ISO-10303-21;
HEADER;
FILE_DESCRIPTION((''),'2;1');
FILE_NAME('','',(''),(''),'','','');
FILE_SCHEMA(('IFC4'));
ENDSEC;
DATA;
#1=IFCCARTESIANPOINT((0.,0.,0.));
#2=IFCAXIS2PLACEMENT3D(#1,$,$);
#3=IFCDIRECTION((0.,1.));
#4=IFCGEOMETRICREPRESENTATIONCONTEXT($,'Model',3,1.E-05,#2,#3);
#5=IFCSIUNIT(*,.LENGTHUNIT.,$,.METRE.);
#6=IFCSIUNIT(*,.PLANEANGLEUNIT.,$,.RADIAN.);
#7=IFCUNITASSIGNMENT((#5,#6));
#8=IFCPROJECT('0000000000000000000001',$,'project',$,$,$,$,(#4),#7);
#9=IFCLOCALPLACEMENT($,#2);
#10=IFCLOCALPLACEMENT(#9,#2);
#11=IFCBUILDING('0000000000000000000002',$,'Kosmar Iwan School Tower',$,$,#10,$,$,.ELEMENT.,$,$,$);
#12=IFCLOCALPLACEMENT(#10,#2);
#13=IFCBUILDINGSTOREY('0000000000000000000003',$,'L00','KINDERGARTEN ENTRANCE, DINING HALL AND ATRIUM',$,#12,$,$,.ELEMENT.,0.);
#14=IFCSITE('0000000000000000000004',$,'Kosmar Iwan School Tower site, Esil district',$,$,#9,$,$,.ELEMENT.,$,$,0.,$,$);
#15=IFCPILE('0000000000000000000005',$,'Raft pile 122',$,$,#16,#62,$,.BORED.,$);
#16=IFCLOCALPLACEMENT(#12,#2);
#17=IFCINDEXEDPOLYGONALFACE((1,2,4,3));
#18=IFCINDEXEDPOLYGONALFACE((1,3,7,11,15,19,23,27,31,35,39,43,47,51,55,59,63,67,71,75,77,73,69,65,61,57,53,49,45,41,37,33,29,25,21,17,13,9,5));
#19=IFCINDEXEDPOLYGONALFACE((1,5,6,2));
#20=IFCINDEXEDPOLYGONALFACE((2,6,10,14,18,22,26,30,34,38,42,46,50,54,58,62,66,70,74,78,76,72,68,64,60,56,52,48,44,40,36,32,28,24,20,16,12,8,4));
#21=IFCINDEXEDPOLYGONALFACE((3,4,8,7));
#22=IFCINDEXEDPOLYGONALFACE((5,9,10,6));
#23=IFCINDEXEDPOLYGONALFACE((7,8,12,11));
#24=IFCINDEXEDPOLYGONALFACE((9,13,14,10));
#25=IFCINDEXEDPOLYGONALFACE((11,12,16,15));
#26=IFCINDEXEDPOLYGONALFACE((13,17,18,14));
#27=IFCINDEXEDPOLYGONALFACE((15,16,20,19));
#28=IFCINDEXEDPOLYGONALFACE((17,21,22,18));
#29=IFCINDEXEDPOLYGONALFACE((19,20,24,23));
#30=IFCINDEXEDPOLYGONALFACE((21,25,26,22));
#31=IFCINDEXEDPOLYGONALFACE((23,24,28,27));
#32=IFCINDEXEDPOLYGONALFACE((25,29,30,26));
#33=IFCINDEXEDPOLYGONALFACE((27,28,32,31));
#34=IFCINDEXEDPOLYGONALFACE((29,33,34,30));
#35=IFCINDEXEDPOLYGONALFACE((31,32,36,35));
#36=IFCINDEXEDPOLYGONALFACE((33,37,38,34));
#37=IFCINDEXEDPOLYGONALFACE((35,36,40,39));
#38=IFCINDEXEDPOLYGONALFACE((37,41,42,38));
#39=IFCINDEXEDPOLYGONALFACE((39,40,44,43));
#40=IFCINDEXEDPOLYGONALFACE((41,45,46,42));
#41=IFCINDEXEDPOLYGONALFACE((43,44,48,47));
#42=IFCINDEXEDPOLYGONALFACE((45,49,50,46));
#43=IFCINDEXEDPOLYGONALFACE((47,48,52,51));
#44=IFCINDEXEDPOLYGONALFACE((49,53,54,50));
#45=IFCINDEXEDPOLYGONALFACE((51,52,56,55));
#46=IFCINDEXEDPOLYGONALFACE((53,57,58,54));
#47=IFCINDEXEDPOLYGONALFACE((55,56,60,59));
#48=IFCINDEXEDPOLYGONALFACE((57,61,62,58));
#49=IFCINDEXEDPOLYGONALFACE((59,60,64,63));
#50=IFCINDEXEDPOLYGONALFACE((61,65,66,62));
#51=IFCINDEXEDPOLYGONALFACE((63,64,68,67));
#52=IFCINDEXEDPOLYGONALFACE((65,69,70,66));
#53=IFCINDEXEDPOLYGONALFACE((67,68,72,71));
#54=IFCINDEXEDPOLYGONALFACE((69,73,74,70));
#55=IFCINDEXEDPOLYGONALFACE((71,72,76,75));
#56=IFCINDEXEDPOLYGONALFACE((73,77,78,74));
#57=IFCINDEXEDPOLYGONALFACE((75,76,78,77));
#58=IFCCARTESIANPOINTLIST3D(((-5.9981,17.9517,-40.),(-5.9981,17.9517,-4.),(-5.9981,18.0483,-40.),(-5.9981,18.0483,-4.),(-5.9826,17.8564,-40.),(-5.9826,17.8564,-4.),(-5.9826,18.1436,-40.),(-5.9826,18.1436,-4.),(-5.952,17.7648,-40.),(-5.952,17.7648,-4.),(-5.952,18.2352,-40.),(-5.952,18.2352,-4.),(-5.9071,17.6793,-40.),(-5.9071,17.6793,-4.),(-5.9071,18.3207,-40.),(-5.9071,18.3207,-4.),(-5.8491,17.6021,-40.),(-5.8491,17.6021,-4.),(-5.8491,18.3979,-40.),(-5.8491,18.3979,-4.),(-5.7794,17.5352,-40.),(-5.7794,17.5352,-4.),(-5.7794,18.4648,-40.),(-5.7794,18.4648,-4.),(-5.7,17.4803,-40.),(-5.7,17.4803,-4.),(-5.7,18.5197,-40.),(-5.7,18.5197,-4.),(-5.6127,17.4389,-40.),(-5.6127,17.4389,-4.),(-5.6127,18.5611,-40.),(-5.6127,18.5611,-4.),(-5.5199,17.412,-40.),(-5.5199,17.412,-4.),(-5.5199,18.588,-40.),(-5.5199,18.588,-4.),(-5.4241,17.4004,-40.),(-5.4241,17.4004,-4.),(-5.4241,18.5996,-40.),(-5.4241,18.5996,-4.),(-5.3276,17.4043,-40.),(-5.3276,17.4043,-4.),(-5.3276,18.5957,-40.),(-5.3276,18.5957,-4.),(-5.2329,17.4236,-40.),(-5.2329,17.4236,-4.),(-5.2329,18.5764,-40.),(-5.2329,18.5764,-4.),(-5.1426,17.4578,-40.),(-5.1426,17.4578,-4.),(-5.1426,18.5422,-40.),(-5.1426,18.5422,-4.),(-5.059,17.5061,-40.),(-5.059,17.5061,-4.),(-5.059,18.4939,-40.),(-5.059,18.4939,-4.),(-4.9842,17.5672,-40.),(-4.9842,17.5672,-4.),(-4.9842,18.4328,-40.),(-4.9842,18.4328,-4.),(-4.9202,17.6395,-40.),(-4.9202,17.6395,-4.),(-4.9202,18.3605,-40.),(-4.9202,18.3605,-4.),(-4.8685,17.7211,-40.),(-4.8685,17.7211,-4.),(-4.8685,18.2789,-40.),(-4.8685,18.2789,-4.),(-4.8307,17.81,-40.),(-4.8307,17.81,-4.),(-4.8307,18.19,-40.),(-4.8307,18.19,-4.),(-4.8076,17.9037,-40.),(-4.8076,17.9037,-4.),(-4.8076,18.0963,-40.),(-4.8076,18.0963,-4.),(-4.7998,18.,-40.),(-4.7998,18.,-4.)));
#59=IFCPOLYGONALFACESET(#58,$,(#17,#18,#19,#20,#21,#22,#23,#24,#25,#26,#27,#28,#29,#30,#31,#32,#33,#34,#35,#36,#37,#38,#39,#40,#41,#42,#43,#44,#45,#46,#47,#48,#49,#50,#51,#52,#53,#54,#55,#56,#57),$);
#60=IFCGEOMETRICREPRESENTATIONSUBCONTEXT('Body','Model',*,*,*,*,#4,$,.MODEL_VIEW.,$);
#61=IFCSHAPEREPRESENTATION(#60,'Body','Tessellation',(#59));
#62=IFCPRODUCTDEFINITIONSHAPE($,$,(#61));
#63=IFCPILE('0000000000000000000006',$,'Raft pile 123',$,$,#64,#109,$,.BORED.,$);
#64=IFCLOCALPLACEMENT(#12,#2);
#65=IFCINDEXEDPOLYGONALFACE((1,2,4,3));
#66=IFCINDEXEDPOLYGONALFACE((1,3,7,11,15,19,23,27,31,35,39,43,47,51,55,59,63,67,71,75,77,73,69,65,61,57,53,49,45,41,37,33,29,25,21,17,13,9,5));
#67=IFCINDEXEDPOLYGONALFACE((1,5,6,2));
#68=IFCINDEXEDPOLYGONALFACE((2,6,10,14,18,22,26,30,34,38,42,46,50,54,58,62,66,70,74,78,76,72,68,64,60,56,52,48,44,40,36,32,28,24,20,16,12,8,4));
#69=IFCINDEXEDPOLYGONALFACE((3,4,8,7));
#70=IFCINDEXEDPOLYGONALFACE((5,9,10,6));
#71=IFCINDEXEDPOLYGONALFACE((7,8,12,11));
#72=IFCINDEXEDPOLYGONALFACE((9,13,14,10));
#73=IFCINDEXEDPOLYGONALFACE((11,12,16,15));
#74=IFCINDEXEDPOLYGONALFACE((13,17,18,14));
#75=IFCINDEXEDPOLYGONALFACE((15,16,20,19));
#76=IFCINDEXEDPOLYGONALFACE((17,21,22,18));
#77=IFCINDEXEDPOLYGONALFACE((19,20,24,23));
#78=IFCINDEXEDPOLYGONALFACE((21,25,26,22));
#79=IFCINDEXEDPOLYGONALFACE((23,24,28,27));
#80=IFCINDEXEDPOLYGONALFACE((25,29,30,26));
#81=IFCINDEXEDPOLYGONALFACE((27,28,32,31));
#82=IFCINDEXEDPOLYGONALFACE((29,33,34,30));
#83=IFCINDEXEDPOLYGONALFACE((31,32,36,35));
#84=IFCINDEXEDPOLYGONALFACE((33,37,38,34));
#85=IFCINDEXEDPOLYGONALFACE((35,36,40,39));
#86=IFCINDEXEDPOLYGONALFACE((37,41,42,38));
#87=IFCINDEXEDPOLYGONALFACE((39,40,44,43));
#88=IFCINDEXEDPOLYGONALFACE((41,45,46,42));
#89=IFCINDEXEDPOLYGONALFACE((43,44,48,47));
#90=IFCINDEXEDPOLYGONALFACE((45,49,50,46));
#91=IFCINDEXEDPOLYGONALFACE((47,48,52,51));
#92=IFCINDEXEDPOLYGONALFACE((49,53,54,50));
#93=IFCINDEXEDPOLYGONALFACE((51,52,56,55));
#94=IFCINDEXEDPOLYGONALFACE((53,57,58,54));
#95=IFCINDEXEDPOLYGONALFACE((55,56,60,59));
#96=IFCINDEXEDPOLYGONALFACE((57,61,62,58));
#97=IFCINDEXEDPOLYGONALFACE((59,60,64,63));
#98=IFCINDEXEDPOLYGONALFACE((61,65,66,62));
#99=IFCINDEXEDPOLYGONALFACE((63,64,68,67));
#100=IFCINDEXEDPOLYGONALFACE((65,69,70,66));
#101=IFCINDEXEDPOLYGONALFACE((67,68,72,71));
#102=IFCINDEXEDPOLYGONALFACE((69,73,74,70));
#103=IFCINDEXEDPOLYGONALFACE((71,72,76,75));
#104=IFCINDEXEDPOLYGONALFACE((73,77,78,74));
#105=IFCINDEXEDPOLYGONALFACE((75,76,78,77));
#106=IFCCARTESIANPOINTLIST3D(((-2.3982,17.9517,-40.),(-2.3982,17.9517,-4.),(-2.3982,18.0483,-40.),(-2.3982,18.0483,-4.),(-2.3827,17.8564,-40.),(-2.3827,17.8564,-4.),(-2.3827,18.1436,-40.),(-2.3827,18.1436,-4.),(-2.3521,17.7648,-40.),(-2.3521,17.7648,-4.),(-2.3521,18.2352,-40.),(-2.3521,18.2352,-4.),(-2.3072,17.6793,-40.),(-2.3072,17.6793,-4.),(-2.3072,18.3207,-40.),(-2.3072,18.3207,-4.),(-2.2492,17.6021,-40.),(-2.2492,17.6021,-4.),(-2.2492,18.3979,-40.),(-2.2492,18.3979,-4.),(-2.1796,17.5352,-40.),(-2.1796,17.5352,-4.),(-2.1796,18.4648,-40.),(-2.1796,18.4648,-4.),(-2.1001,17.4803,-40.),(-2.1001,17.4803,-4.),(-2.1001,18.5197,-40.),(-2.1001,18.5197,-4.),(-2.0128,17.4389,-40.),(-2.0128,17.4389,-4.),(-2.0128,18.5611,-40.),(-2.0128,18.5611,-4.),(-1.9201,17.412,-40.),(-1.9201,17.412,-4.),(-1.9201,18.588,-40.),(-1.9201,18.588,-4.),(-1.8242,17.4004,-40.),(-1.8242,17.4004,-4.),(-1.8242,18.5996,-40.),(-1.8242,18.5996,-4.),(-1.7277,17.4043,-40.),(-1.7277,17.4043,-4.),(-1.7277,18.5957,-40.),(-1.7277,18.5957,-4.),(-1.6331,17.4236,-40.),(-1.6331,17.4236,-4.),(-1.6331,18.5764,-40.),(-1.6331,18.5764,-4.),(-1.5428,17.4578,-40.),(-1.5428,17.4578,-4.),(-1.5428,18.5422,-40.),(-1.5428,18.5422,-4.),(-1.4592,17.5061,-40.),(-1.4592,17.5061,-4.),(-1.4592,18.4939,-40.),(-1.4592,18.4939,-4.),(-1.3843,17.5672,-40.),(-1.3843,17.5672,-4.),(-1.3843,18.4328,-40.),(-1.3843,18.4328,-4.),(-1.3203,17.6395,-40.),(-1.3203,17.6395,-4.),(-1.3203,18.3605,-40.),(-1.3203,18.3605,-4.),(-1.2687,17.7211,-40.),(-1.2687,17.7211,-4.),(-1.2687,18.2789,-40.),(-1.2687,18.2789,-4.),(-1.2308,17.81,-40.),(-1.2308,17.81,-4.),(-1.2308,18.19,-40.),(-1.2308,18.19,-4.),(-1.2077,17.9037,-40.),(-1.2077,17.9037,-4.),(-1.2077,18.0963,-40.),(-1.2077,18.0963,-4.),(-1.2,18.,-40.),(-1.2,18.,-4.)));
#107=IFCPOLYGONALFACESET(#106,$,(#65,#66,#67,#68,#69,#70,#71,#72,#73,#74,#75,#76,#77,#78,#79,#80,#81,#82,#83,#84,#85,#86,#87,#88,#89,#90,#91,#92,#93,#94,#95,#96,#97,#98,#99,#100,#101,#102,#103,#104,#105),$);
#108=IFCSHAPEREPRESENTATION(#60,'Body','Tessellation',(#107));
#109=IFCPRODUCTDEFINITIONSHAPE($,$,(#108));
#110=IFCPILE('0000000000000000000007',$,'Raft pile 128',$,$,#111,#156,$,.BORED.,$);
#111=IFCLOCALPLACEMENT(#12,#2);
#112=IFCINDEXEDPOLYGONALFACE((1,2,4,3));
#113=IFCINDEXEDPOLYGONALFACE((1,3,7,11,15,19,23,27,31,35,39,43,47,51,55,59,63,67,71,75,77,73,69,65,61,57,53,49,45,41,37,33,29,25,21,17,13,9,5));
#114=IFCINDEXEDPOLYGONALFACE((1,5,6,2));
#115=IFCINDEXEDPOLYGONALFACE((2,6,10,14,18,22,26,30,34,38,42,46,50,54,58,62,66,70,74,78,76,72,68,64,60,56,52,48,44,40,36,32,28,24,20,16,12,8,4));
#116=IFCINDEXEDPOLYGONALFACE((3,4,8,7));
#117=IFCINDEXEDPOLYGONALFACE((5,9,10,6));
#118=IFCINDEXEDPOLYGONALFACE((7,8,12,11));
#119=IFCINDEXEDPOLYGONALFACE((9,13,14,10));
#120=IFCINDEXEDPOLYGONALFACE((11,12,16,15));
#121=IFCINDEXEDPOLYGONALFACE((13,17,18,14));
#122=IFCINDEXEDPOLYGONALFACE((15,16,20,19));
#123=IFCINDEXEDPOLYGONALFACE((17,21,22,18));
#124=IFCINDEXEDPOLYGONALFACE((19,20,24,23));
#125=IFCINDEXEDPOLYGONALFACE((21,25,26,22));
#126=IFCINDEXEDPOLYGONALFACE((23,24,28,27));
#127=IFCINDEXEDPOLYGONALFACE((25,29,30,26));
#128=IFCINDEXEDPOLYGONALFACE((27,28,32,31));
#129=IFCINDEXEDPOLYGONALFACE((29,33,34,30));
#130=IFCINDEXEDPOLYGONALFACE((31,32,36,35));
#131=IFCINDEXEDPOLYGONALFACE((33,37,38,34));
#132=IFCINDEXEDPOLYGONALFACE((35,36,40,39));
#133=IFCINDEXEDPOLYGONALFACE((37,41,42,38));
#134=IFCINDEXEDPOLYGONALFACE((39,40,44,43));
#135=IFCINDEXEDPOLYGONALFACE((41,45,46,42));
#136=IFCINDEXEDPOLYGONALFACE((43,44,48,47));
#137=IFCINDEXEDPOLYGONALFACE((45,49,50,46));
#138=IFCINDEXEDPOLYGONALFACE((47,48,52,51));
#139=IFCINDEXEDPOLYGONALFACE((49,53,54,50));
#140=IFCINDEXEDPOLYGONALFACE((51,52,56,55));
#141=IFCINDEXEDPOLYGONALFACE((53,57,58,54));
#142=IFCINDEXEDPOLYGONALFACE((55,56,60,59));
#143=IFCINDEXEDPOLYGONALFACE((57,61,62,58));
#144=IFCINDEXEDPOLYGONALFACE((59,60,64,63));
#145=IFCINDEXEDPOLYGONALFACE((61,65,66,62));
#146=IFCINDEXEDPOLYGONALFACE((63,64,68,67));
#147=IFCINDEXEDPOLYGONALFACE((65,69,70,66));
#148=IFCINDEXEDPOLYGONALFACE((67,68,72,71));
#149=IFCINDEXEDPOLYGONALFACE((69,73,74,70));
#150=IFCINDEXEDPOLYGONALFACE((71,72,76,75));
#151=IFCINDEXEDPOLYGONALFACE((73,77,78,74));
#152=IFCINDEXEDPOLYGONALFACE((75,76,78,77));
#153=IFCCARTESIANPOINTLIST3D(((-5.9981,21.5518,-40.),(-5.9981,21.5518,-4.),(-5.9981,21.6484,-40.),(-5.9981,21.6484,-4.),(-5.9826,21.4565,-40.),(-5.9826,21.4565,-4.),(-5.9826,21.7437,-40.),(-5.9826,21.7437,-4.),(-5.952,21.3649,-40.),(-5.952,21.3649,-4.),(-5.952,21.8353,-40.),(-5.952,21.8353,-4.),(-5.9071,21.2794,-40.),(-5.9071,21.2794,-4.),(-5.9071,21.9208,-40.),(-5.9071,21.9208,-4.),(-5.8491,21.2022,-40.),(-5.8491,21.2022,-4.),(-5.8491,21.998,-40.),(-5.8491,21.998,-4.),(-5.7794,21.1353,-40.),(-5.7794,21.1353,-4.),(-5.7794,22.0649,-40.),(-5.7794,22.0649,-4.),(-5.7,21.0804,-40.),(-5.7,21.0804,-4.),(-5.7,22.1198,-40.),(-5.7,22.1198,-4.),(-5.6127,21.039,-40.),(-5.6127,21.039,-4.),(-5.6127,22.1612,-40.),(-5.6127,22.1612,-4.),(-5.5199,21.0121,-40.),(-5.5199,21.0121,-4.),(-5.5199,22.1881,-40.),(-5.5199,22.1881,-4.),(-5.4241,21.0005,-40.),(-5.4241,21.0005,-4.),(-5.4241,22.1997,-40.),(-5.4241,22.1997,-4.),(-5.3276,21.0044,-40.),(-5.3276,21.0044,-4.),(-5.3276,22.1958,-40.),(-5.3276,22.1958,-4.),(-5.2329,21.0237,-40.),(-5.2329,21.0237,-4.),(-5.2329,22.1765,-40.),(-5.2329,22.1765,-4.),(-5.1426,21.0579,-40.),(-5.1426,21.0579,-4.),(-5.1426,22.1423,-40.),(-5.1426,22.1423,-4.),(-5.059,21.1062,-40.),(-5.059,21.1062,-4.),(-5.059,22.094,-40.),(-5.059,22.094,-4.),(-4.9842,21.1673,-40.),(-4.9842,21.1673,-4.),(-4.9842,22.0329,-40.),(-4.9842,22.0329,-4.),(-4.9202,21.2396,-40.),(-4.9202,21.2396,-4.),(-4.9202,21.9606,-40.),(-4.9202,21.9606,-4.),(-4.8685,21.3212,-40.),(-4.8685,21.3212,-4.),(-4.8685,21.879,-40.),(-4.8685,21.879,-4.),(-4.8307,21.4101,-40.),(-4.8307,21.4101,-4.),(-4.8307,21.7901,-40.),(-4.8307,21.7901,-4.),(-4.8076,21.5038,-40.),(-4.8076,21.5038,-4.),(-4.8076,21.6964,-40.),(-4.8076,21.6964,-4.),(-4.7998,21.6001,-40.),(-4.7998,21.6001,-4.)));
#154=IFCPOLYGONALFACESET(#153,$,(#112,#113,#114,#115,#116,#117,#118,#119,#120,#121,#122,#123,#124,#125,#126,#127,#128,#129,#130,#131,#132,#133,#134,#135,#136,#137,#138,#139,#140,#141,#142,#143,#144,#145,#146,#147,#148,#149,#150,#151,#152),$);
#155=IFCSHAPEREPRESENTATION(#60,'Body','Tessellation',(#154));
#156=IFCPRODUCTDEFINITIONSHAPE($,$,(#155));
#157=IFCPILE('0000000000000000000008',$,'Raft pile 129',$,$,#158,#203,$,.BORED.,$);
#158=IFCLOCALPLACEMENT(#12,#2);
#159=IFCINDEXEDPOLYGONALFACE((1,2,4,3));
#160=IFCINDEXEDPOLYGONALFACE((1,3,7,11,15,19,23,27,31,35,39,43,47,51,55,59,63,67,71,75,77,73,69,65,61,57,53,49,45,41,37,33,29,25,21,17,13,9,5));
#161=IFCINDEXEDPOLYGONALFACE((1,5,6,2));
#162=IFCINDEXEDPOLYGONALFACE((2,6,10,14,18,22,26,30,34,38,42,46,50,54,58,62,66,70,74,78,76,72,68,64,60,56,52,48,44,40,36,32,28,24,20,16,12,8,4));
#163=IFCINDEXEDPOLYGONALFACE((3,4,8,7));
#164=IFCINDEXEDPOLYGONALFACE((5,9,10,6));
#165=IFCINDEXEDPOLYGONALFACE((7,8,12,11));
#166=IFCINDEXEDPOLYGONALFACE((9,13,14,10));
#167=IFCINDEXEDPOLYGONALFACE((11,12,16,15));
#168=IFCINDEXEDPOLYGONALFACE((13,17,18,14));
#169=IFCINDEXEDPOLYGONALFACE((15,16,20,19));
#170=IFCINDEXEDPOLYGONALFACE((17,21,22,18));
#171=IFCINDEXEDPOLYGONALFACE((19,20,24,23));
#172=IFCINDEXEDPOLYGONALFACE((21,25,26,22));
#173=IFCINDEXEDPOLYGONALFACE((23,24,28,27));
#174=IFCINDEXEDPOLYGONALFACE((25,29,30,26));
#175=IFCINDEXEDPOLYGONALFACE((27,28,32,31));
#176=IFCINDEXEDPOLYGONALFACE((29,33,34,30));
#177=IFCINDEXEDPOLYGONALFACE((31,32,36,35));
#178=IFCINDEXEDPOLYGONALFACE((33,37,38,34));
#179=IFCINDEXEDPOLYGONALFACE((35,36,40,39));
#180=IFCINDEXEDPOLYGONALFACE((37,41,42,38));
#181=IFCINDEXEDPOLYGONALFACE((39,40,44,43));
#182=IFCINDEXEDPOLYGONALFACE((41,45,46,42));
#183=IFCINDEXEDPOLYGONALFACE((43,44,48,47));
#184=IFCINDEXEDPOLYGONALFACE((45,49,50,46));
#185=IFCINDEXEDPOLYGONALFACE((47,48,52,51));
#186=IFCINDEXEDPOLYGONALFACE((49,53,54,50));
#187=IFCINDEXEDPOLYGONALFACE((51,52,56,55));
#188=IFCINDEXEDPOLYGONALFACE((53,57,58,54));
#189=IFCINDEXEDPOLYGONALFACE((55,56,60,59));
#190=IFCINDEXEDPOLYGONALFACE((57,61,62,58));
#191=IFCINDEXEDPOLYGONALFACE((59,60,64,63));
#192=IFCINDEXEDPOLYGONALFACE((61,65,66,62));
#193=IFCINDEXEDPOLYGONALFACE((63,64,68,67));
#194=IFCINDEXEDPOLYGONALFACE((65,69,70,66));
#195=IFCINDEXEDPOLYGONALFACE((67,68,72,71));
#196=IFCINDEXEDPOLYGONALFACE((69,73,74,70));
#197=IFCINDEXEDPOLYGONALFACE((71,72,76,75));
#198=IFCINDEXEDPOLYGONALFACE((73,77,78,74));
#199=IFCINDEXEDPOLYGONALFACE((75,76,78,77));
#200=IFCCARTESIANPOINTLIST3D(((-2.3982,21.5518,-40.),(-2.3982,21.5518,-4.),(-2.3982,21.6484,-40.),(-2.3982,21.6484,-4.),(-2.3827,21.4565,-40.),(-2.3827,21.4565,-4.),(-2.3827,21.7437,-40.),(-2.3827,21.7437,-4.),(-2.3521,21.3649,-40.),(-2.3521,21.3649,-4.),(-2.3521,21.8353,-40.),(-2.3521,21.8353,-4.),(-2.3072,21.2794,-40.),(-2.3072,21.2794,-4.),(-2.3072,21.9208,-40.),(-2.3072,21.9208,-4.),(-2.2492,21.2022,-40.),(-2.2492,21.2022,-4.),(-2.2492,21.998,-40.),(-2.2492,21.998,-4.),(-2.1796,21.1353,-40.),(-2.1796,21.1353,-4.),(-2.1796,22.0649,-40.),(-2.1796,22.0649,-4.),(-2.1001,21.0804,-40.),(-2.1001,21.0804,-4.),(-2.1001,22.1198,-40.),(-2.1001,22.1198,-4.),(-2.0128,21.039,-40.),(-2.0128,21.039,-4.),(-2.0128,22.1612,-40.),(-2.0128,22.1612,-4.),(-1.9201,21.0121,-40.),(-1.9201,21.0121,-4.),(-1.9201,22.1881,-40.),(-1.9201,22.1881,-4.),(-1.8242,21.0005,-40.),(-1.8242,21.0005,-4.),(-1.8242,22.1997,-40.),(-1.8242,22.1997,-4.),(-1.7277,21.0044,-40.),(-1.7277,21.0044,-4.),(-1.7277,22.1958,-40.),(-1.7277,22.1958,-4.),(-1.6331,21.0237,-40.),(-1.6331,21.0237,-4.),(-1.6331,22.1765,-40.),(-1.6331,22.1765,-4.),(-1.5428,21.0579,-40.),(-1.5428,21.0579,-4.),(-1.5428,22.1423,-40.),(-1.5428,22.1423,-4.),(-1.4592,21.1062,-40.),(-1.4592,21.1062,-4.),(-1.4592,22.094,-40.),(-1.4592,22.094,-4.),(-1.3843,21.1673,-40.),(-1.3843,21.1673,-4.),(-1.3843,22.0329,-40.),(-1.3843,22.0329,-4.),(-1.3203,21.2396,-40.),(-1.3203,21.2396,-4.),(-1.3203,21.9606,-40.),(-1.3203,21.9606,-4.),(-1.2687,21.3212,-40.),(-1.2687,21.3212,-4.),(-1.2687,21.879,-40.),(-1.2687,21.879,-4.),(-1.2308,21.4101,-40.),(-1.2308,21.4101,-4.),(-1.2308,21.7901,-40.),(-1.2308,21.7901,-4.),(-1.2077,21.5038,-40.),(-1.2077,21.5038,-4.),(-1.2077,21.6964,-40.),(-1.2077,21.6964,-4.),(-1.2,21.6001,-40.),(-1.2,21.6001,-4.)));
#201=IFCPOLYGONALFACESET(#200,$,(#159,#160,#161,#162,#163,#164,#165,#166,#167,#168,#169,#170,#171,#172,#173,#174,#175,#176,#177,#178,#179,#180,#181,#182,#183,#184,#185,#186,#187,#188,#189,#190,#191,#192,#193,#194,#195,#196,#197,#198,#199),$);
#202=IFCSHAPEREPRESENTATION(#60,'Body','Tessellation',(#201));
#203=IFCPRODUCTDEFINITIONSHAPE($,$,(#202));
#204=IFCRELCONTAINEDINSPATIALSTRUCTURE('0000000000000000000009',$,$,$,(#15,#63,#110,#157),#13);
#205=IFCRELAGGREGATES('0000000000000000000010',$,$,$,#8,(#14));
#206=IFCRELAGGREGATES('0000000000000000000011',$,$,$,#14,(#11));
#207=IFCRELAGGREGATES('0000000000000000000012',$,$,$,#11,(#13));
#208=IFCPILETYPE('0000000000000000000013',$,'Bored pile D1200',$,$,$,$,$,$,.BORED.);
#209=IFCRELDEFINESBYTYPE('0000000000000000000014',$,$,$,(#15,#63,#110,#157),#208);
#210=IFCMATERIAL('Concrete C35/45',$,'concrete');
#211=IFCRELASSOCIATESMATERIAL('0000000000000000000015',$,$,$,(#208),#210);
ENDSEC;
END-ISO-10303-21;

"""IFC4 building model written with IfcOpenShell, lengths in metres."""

from ifc_helpers import new_model, si_unit, direction, frame, origin, origin_2d, place, context, subcontext, project, spatial, circle, extrude, material, material_profile, profile_set, type_object, element, save


model = new_model("IFC4")

# Units and contexts
model_context = context("Model", 3, precision=1e-05, world=origin(), true_north=direction((0.0, 1.0)))
body_context = subcontext(model_context, "Body", "Model", "MODEL_VIEW")
ifc_project = project(units=[si_unit("LENGTHUNIT", "METRE"), si_unit("PLANEANGLEUNIT", "RADIAN")], contexts=[model_context])

# Site, building, storey
site_placement = place(None, origin())
site = spatial("IfcSite", under=ifc_project, at=site_placement, Name="Kosmar Iwan School Tower site, Esil district", CompositionType="ELEMENT", RefElevation=0.0)
building_placement = place(site_placement, origin())
building = spatial("IfcBuilding", under=site, at=building_placement, Name="Kosmar Iwan School Tower", CompositionType="ELEMENT")
storey_placement = place(building_placement, origin())
storey = spatial("IfcBuildingStorey", under=building, at=storey_placement, Name="L00", Description="KINDERGARTEN ENTRANCE, DINING HALL AND ATRIUM", CompositionType="ELEMENT", Elevation=0.0)

# Piles
ifc_material_1 = material(Name="Concrete C35/45", Category="concrete")
ifc_material_profile_1 = material_profile(ifc_material_1, circle(Radius=0.6001, at=origin_2d()), Name="D1200")
ifc_profile_set_1 = profile_set([ifc_material_profile_1], Name="Concrete C35/45")
pile_type = type_object("IfcPileType", Name="Bored pile D1200", PredefinedType="BORED", material=ifc_profile_set_1)
for number, where, z_axis, x_axis, name in (
    (1, (-5.3999, 18.0, -4.0), (0.0, 0.0, -1.0), (1.0, 0.0, 0.0), "Raft pile 122"),
    (2, (-1.8, 18.0, -4.0), (0.0, 0.0, -1.0), (1.0, 0.0, 0.0), "Raft pile 123"),
    (3, (-5.3999, 21.6001, -4.0), (0.0, 0.0, -1.0), (1.0, 0.0, 0.0), "Raft pile 128"),
    (4, (-1.8, 21.6001, -4.0), (0.0, 0.0, -1.0), (1.0, 0.0, 0.0), "Raft pile 129"),
):
    element("IfcPile", number, at=place(storey_placement, frame(where, z_axis=z_axis, x_axis=x_axis)), inside=storey, type_object=pile_type, Name=name, PredefinedType="BORED", context=body_context, shape_type="SweptSolid", body=[
        extrude(circle(Radius=0.6001, at=origin_2d()), origin(), (0.0, 0.0, 1.0), 36.0),
    ])

save(model, "model.ifc")
